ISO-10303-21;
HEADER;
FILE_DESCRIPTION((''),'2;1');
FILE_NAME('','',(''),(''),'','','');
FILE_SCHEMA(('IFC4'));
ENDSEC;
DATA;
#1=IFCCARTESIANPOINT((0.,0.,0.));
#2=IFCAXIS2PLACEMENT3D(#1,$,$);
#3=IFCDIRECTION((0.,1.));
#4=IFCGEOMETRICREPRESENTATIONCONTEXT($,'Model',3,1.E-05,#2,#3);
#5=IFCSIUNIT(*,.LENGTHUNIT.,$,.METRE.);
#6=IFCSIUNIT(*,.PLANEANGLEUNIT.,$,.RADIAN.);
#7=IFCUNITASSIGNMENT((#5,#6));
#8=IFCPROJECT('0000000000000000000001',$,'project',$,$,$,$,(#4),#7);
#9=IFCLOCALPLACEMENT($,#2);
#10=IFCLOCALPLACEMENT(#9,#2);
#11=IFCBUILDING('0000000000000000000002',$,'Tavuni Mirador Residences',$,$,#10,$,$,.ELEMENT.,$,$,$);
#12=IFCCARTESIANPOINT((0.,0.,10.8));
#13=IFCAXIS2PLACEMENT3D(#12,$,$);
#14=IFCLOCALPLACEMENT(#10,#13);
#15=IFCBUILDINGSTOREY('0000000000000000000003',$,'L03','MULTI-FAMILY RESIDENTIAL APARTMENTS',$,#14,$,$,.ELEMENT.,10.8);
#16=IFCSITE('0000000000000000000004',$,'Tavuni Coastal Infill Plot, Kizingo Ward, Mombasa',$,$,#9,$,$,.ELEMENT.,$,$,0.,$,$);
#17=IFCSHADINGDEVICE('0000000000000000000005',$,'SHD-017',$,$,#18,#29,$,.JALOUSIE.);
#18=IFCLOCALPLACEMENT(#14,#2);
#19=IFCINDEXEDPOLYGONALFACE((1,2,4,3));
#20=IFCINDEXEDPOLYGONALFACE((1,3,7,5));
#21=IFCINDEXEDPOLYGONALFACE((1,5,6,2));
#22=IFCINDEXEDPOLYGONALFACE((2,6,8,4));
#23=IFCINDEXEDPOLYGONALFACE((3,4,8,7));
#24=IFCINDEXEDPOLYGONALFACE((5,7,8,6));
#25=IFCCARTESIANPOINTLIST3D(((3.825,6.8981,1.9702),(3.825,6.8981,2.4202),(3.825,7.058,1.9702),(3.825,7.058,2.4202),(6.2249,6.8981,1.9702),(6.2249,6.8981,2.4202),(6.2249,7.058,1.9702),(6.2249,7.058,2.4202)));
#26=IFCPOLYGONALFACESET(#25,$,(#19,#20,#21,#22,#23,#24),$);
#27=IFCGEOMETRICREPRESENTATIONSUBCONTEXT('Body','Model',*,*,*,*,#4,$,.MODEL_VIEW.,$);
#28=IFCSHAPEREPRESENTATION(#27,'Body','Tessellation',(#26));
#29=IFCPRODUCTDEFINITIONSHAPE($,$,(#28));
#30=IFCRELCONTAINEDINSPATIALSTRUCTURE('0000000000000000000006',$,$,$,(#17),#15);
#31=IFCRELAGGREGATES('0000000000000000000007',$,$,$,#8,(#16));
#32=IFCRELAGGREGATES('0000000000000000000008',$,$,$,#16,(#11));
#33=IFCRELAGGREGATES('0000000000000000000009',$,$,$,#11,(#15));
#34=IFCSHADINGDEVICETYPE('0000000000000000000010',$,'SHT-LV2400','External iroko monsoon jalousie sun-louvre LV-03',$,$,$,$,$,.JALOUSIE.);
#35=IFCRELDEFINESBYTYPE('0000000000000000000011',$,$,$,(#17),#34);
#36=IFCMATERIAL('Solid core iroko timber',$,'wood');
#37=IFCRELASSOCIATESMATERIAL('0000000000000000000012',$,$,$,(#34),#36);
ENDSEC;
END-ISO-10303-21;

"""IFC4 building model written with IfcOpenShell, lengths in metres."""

from ifc_helpers import new_model, si_unit, direction, frame, origin, origin_2d, place, context, subcontext, project, spatial, rectangle, extrude, material, type_object, element, save


model = new_model("IFC4")

# Units and contexts
model_context = context("Model", 3, precision=1e-05, world=origin(), true_north=direction((0.0, 1.0)))
body_context = subcontext(model_context, "Body", "Model", "MODEL_VIEW")
ifc_project = project(units=[si_unit("LENGTHUNIT", "METRE"), si_unit("PLANEANGLEUNIT", "RADIAN")], contexts=[model_context])

# Site, building, storey
site_placement = place(None, origin())
site = spatial("IfcSite", under=ifc_project, at=site_placement, Name="Tavuni Coastal Infill Plot, Kizingo Ward, Mombasa", CompositionType="ELEMENT", RefElevation=0.0)
building_placement = place(site_placement, origin())
building = spatial("IfcBuilding", under=site, at=building_placement, Name="Tavuni Mirador Residences", CompositionType="ELEMENT")
storey_placement = place(building_placement, frame((0.0, 0.0, 10.8)))
storey = spatial("IfcBuildingStorey", under=building, at=storey_placement, Name="L03", Description="MULTI-FAMILY RESIDENTIAL APARTMENTS", CompositionType="ELEMENT", Elevation=10.8)

# Shared definitions
ifc_material_1 = material(Name="Solid core iroko timber", Category="wood")

# Shading device
shading_device_type_1 = type_object("IfcShadingDeviceType", Name="SHT-LV2400", Description="External iroko monsoon jalousie sun-louvre LV-03", PredefinedType="JALOUSIE", material=ifc_material_1)
shading_device_1_placement = place(storey_placement, frame((5.0249, 6.978, 1.9702), z_axis=(0.0, 0.0, 1.0), x_axis=(1.0, 0.0, 0.0)))
element("IfcShadingDevice", 1, at=shading_device_1_placement, inside=storey, type_object=shading_device_type_1, Name="SHD-017", PredefinedType="JALOUSIE", context=body_context, shape_type="SweptSolid", body=[
    extrude(rectangle(XDim=2.3999, YDim=0.1599, at=origin_2d()), origin(), (0.0, 0.0, 1.0), 0.45),
])

save(model, "model.ifc")
